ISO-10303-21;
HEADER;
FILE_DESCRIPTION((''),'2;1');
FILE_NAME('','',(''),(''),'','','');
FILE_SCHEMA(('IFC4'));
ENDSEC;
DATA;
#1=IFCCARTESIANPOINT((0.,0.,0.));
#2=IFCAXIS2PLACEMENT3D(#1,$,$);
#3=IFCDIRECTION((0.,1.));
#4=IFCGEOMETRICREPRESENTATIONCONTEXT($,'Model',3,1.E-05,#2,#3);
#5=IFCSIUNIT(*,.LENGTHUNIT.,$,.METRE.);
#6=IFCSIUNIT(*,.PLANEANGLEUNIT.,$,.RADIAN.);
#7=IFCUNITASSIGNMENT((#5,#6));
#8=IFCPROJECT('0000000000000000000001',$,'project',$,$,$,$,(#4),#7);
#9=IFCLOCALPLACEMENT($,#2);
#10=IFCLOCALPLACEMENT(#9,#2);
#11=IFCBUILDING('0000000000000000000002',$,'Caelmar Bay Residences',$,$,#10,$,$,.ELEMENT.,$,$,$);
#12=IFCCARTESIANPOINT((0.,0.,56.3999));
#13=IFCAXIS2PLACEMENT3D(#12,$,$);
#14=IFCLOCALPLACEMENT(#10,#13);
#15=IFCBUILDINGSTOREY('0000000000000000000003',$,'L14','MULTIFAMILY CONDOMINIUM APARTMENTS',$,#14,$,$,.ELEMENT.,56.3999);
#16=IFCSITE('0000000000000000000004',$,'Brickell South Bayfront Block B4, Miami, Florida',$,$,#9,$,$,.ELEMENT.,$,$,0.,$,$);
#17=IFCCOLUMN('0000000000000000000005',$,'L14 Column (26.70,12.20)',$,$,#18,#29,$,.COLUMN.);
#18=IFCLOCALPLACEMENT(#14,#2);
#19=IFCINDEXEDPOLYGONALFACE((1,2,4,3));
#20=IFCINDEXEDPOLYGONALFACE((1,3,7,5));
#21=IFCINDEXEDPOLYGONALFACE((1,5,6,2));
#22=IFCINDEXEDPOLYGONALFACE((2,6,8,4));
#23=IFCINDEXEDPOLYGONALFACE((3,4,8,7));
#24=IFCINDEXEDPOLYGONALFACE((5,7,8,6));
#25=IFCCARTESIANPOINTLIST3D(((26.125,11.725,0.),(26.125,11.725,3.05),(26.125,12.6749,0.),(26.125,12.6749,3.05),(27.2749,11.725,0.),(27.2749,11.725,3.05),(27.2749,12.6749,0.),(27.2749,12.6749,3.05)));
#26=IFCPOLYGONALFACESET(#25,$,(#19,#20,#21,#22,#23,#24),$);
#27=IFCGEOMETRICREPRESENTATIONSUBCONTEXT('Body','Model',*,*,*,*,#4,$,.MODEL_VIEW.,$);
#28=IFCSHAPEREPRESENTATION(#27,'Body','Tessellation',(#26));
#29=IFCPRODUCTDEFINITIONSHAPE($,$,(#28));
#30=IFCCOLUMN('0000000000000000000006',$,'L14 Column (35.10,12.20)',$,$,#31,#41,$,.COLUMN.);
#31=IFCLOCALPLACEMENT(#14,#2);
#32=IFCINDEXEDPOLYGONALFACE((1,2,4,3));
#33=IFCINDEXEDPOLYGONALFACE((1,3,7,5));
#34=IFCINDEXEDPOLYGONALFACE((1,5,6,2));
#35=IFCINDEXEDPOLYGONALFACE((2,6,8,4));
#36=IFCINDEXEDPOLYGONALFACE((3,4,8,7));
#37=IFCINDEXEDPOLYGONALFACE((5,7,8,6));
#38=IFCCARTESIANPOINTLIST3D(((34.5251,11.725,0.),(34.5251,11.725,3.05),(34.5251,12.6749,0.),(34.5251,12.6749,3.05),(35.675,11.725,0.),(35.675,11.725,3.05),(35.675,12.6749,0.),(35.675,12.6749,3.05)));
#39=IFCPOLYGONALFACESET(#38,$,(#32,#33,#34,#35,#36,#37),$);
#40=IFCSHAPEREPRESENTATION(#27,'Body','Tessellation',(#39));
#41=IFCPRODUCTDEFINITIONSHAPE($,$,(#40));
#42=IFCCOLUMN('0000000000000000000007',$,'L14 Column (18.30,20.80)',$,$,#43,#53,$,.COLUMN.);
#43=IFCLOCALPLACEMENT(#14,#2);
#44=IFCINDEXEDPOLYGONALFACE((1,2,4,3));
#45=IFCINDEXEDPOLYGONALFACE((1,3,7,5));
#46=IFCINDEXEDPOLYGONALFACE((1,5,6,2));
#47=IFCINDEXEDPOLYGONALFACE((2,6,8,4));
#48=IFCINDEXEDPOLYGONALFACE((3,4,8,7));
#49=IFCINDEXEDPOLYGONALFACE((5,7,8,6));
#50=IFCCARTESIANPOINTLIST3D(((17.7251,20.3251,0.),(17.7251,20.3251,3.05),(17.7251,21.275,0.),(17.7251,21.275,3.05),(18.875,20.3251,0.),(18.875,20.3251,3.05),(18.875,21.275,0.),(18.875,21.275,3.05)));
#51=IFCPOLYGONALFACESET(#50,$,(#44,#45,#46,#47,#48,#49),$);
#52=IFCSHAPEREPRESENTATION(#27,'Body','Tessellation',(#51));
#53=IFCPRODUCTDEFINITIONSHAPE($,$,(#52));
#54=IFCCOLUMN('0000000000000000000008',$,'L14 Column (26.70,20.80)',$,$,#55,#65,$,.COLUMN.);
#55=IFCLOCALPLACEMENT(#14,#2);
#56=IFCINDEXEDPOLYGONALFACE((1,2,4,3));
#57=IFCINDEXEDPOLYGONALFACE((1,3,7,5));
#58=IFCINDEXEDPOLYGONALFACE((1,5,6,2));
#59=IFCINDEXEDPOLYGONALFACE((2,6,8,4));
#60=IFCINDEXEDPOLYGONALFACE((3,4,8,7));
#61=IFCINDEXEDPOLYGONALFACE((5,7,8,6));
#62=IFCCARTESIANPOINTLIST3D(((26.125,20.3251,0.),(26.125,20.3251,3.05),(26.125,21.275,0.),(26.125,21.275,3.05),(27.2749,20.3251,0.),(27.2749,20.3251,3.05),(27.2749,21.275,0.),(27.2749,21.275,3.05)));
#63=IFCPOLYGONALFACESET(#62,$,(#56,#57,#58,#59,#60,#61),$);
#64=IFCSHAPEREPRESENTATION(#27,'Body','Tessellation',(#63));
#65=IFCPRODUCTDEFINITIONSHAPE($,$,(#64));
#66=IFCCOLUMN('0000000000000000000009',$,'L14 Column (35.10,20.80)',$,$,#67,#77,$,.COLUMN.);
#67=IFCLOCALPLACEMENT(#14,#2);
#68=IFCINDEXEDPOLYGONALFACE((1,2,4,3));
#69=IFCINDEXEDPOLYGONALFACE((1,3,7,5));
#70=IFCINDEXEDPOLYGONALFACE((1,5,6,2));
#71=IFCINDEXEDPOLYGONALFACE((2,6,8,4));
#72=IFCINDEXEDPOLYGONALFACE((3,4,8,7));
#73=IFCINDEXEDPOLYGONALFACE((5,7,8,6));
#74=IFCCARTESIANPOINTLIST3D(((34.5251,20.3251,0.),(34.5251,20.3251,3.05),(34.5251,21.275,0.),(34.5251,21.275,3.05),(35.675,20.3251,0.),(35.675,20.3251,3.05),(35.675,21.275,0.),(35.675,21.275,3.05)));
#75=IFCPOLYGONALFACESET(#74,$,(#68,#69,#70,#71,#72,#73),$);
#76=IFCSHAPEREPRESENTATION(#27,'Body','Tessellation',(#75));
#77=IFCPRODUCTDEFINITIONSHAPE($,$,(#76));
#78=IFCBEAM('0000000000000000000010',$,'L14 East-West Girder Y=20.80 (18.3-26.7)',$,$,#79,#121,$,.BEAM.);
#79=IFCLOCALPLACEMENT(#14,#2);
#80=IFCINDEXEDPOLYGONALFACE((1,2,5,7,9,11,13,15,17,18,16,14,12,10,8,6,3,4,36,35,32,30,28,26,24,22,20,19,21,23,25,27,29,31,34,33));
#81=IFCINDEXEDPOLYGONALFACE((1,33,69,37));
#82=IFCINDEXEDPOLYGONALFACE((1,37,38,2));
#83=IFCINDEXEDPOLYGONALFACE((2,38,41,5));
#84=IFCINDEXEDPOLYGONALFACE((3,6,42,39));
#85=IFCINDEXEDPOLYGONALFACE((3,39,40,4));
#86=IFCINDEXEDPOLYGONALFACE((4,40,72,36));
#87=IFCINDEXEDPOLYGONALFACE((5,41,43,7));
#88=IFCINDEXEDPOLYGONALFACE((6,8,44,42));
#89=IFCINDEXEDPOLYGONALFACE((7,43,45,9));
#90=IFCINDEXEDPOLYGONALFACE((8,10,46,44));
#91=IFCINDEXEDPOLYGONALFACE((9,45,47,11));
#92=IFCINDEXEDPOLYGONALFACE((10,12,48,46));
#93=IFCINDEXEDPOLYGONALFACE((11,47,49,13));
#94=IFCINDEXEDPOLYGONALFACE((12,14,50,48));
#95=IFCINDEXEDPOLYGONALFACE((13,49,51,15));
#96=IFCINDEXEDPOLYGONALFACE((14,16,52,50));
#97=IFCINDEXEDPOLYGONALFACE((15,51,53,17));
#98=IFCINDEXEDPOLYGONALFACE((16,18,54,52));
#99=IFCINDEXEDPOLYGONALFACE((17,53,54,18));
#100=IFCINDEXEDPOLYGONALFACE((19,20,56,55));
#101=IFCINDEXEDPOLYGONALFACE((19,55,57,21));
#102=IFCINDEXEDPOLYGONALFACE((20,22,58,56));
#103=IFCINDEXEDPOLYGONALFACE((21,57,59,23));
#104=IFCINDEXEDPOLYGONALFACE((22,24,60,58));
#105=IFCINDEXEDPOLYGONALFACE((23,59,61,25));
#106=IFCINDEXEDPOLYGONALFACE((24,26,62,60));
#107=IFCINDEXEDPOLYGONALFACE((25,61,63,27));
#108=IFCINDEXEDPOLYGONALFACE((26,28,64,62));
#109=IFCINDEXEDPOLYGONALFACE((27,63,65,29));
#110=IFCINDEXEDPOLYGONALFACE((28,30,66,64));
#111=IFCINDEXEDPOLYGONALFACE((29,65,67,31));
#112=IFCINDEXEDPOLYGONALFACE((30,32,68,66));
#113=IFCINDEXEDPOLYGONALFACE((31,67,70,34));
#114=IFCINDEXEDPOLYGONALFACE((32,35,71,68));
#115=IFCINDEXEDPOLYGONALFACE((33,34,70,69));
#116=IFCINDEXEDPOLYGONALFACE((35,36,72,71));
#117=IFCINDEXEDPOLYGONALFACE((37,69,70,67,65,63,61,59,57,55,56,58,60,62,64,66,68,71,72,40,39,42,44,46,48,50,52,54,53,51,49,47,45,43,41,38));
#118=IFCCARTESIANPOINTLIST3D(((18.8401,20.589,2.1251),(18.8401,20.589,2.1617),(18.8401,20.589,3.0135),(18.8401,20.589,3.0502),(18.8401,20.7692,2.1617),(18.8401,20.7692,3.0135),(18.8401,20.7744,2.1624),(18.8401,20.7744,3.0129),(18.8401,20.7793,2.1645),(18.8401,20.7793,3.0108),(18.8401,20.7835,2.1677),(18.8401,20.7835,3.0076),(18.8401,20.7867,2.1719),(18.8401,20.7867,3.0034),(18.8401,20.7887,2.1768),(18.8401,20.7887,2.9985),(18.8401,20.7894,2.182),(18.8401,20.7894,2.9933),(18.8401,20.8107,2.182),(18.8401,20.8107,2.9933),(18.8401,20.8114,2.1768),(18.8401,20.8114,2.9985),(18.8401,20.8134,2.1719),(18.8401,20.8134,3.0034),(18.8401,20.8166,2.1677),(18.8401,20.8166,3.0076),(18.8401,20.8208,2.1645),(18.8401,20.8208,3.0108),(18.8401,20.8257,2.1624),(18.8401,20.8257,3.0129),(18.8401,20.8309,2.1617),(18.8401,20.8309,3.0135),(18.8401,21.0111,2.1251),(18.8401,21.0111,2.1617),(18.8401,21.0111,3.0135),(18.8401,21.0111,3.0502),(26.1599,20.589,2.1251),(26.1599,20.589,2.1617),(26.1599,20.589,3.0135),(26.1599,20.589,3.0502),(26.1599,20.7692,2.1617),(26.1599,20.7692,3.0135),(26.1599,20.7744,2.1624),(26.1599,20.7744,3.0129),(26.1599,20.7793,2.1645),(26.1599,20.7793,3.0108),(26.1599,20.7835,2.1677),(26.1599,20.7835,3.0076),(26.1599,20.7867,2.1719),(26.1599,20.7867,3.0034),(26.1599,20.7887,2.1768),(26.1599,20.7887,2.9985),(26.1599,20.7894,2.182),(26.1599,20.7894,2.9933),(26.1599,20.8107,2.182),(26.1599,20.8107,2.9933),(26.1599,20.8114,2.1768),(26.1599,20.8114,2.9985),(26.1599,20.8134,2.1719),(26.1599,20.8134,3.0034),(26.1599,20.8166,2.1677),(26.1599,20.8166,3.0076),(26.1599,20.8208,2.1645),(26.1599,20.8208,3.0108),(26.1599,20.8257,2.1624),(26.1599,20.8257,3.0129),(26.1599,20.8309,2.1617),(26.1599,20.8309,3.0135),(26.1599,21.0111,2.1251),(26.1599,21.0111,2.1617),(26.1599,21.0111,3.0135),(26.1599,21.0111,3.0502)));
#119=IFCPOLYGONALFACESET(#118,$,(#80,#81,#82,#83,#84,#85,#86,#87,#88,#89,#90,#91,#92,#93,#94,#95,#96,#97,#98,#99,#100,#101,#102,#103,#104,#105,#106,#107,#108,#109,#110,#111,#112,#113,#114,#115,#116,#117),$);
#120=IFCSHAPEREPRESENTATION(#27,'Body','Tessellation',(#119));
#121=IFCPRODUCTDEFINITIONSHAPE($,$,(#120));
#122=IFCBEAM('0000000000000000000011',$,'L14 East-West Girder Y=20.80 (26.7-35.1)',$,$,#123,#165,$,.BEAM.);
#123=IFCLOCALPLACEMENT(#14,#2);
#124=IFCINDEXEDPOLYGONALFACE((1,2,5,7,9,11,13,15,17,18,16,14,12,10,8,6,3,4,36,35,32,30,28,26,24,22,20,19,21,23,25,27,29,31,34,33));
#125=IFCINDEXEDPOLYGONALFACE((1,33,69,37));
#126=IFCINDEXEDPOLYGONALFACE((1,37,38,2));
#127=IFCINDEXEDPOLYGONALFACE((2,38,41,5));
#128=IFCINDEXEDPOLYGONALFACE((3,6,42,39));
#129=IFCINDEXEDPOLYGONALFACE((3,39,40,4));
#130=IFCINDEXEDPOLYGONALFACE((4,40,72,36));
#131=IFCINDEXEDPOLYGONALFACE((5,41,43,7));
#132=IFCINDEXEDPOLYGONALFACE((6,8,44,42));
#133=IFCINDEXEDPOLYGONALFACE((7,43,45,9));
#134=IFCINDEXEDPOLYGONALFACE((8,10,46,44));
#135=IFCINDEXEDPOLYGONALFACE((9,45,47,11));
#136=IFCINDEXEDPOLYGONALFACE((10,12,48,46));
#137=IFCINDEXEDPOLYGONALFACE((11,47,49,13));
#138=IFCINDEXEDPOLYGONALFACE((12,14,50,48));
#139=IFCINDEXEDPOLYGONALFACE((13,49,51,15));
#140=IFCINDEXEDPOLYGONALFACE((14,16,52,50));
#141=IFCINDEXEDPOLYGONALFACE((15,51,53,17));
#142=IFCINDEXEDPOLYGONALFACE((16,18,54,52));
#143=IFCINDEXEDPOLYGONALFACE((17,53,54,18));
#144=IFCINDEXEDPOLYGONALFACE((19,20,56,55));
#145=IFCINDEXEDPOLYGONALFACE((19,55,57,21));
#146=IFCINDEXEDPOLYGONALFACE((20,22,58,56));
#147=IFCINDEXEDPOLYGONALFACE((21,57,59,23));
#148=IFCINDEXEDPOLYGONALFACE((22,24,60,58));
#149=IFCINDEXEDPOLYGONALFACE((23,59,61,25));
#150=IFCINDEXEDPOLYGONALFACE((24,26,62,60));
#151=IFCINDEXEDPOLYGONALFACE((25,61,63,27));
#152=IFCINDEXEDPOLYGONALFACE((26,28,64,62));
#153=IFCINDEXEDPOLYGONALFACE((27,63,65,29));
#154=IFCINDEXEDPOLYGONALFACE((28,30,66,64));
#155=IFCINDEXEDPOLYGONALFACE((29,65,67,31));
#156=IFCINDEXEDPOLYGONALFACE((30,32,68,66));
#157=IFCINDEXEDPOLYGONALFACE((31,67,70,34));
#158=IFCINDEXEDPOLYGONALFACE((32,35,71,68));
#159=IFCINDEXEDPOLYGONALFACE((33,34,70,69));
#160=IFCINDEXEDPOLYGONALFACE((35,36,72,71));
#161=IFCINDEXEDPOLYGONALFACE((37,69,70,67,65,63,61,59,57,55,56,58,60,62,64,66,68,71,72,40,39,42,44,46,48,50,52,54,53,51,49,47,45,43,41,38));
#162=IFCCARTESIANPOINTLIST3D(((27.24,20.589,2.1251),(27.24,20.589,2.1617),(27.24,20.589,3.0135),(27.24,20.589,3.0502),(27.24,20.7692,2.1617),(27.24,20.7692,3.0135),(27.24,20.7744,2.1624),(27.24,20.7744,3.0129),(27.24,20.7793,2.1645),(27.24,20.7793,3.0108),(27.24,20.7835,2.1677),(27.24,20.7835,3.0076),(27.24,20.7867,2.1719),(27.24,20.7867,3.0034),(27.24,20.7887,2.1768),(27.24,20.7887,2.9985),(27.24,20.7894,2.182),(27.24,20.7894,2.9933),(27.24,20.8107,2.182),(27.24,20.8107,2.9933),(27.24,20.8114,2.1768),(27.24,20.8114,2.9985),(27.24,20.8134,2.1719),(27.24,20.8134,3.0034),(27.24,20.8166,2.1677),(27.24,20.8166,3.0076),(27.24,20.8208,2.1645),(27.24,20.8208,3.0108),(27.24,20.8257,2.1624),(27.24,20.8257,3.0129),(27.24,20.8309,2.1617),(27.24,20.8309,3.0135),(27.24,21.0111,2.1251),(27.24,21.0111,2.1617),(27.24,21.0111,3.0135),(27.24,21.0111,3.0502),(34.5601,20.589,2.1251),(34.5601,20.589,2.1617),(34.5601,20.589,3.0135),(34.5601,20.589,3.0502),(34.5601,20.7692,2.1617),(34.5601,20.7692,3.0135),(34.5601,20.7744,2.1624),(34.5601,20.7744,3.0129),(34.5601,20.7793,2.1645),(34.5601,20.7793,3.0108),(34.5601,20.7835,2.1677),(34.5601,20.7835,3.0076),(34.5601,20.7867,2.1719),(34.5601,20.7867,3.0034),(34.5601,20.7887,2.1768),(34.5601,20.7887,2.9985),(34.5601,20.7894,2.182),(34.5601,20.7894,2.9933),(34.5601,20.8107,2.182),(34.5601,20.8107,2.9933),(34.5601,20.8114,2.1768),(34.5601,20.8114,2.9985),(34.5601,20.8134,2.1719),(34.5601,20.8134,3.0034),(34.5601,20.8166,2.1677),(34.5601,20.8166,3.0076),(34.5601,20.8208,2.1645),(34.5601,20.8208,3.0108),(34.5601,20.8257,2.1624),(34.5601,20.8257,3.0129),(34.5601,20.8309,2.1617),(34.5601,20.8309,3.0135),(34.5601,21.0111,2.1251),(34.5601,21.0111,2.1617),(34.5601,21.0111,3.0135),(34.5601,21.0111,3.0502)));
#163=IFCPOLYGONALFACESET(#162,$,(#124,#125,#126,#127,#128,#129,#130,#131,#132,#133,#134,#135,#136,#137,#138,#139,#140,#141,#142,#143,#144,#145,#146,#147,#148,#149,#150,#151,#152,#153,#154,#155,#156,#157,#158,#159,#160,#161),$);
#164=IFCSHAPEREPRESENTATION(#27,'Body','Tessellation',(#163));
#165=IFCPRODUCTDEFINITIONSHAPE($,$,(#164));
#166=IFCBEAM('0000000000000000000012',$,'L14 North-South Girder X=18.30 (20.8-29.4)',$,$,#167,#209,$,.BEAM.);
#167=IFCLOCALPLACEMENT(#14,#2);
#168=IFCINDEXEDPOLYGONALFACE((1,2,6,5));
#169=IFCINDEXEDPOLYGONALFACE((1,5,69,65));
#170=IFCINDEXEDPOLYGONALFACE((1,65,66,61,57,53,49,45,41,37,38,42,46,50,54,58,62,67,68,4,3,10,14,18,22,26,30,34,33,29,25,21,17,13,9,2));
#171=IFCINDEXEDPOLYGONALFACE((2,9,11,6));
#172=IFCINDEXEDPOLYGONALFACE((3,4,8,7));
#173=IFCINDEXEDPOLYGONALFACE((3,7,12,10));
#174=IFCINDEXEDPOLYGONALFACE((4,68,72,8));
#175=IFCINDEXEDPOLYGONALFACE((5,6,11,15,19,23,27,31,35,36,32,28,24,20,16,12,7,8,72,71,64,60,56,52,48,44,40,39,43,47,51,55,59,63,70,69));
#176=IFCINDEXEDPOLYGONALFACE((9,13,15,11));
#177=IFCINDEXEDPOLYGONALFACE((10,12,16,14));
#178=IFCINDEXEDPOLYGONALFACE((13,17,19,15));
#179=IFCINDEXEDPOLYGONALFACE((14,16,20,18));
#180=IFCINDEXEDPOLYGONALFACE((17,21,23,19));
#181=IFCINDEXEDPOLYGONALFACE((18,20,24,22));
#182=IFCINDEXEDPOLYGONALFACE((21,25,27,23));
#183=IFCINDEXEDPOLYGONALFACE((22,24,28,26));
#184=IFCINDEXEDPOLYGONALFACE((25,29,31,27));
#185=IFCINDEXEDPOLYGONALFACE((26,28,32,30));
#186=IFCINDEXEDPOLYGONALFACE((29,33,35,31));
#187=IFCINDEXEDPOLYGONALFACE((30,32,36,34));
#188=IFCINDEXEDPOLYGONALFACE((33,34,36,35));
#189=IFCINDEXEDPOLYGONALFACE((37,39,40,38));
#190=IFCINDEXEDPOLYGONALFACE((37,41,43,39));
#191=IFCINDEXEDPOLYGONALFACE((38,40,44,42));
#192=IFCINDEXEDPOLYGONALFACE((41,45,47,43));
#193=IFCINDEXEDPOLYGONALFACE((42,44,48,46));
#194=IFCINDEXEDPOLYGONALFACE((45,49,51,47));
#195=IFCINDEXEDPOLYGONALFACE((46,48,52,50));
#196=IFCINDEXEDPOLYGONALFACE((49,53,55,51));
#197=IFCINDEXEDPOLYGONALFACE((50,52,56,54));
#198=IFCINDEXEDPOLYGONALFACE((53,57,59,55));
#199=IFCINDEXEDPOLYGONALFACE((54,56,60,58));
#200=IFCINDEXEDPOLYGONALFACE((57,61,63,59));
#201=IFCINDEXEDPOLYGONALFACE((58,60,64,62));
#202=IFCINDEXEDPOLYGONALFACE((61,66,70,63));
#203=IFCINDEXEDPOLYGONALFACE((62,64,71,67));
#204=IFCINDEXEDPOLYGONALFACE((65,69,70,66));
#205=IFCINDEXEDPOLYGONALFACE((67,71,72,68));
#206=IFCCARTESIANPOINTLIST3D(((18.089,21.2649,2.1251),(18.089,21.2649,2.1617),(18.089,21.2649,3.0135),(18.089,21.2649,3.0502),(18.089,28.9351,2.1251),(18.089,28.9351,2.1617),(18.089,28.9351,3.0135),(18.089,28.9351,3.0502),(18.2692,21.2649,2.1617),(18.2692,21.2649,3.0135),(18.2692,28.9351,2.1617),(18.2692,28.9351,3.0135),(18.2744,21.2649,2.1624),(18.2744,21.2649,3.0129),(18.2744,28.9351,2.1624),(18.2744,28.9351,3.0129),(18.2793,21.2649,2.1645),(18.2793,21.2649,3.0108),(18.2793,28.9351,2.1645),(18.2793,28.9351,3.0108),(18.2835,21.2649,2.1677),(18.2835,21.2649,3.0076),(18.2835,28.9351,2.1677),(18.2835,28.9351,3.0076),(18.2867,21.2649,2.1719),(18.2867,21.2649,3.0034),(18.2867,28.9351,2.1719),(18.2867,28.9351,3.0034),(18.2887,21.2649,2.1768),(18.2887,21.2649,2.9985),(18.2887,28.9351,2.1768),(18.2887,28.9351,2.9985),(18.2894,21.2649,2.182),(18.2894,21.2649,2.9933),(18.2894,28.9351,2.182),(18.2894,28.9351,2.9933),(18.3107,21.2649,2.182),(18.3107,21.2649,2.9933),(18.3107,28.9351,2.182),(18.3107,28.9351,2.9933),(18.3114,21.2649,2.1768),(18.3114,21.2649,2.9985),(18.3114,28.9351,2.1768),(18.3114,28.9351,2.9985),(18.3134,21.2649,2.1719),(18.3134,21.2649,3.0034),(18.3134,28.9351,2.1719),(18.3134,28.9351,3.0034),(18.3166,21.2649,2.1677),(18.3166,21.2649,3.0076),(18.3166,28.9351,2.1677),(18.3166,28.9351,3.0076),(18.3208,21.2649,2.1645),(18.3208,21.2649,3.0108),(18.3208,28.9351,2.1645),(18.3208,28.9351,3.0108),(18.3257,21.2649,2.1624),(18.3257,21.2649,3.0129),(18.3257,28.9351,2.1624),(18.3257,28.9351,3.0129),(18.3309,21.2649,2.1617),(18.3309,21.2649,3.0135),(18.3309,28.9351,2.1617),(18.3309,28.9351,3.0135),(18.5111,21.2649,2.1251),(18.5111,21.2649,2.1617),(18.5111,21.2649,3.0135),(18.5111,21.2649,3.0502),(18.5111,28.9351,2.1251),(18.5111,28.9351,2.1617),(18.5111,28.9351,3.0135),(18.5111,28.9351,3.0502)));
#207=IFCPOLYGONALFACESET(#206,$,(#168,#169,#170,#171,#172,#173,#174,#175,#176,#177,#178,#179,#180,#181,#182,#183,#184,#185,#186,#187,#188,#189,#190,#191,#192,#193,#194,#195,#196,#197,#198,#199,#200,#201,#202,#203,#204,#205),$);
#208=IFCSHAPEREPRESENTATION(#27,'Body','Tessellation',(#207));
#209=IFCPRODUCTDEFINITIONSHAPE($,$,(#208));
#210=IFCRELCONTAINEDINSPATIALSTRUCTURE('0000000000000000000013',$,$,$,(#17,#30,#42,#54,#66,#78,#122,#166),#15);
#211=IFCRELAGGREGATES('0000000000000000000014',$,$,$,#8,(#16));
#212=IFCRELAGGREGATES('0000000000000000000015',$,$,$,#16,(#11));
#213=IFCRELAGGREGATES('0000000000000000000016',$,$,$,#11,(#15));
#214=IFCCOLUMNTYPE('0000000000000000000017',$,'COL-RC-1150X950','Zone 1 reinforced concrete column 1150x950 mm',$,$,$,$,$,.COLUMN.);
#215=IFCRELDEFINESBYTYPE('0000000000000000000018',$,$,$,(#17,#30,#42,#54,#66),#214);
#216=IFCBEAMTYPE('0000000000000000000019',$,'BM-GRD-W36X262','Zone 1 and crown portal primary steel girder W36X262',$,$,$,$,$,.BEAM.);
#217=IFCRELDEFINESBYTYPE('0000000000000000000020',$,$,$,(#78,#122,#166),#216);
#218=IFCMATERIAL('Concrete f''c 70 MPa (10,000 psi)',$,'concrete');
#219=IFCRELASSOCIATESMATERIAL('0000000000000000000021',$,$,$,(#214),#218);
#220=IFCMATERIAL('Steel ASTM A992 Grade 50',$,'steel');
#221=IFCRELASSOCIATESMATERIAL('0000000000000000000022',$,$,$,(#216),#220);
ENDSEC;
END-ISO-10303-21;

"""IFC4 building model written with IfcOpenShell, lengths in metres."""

from ifc_helpers import new_model, si_unit, direction, frame, origin, origin_2d, place, context, subcontext, project, spatial, rectangle, i_section, extrude, material, material_profile, profile_set, type_object, element, save


model = new_model("IFC4")

# Units and contexts
model_context = context("Model", 3, precision=1e-05, world=origin(), true_north=direction((0.0, 1.0)))
body_context = subcontext(model_context, "Body", "Model", "MODEL_VIEW")
ifc_project = project(units=[si_unit("LENGTHUNIT", "METRE"), si_unit("PLANEANGLEUNIT", "RADIAN")], contexts=[model_context])

# Site, building, storey
site_placement = place(None, origin())
site = spatial("IfcSite", under=ifc_project, at=site_placement, Name="Brickell South Bayfront Block B4, Miami, Florida", CompositionType="ELEMENT", RefElevation=0.0)
building_placement = place(site_placement, origin())
building = spatial("IfcBuilding", under=site, at=building_placement, Name="Caelmar Bay Residences", CompositionType="ELEMENT")
storey_placement = place(building_placement, frame((0.0, 0.0, 56.3999)))
storey = spatial("IfcBuildingStorey", under=building, at=storey_placement, Name="L14", Description="MULTIFAMILY CONDOMINIUM APARTMENTS", CompositionType="ELEMENT", Elevation=56.3999)

# Columns
ifc_material_1 = material(Name="Concrete f'c 70 MPa (10,000 psi)", Category="concrete")
ifc_material_profile_1 = material_profile(ifc_material_1, rectangle(XDim=1.1499, YDim=0.95, at=origin_2d()), Name="RC-COL-1150X950")
ifc_profile_set_1 = profile_set([ifc_material_profile_1], Name="Concrete f'c 70 MPa (10,000 psi)")
column_type = type_object("IfcColumnType", Name="COL-RC-1150X950", Description="Zone 1 reinforced concrete column 1150x950 mm", PredefinedType="COLUMN", material=ifc_profile_set_1)
for number, where, z_axis, x_axis, name in (
    (1, (26.7, 12.2, 0.0), (0.0, 0.0, 1.0), (1.0, 0.0, 0.0), "L14 Column (26.70,12.20)"),
    (2, (35.1001, 12.2, 0.0), (0.0, 0.0, 1.0), (1.0, 0.0, 0.0), "L14 Column (35.10,12.20)"),
    (3, (18.3, 20.8, 0.0), (0.0, 0.0, 1.0), (1.0, 0.0, 0.0), "L14 Column (18.30,20.80)"),
    (4, (26.7, 20.8, 0.0), (0.0, 0.0, 1.0), (1.0, 0.0, 0.0), "L14 Column (26.70,20.80)"),
    (5, (35.1001, 20.8, 0.0), (0.0, 0.0, 1.0), (1.0, 0.0, 0.0), "L14 Column (35.10,20.80)"),
):
    element("IfcColumn", number, at=place(storey_placement, frame(where, z_axis=z_axis, x_axis=x_axis)), inside=storey, type_object=column_type, Name=name, PredefinedType="COLUMN", context=body_context, shape_type="SweptSolid", body=[
        extrude(rectangle(XDim=1.1499, YDim=0.95, at=origin_2d()), origin(), (0.0, 0.0, 1.0), 3.05),
    ])

# Beams
ifc_material_2 = material(Name="Steel ASTM A992 Grade 50", Category="steel")
ifc_material_profile_2 = material_profile(ifc_material_2, i_section(OverallWidth=0.4221, OverallDepth=0.925, WebThickness=0.0212, FlangeThickness=0.0366, FilletRadius=0.0203, at=origin_2d()), Name="W36X262")
ifc_profile_set_2 = profile_set([ifc_material_profile_2], Name="Steel ASTM A992 Grade 50")
beam_type_1 = type_object("IfcBeamType", Name="BM-GRD-W36X262", Description="Zone 1 and crown portal primary steel girder W36X262", PredefinedType="BEAM", material=ifc_profile_set_2)
beam_1_placement = place(storey_placement, frame((18.8401, 20.8, 2.5876), z_axis=(1.0, 0.0, 0.0), x_axis=(0.0, 1.0, 0.0)))
element("IfcBeam", 6, at=beam_1_placement, inside=storey, type_object=beam_type_1, Name="L14 East-West Girder Y=20.80 (18.3-26.7)", PredefinedType="BEAM", context=body_context, shape_type="SweptSolid", body=[
    extrude(i_section(OverallWidth=0.4221, OverallDepth=0.925, WebThickness=0.0212, FlangeThickness=0.0366, FilletRadius=0.0203, at=origin_2d()), origin(), (0.0, 0.0, 1.0), 7.3198),
])
beam_2_placement = place(storey_placement, frame((27.24, 20.8, 2.5876), z_axis=(1.0, 0.0, 0.0), x_axis=(0.0, 1.0, 0.0)))
element("IfcBeam", 7, at=beam_2_placement, inside=storey, type_object=beam_type_1, Name="L14 East-West Girder Y=20.80 (26.7-35.1)", PredefinedType="BEAM", context=body_context, shape_type="SweptSolid", body=[
    extrude(i_section(OverallWidth=0.4221, OverallDepth=0.925, WebThickness=0.0212, FlangeThickness=0.0366, FilletRadius=0.0203, at=origin_2d()), origin(), (0.0, 0.0, 1.0), 7.3201),
])
beam_3_placement = place(storey_placement, frame((18.3, 21.2649, 2.5876), z_axis=(0.0, 1.0, 0.0), x_axis=(-1.0, 0.0, 0.0)))
element("IfcBeam", 8, at=beam_3_placement, inside=storey, type_object=beam_type_1, Name="L14 North-South Girder X=18.30 (20.8-29.4)", PredefinedType="BEAM", context=body_context, shape_type="SweptSolid", body=[
    extrude(i_section(OverallWidth=0.4221, OverallDepth=0.925, WebThickness=0.0212, FlangeThickness=0.0366, FilletRadius=0.0203, at=origin_2d()), origin(), (0.0, 0.0, 1.0), 7.6702),
])

save(model, "model.ifc")
